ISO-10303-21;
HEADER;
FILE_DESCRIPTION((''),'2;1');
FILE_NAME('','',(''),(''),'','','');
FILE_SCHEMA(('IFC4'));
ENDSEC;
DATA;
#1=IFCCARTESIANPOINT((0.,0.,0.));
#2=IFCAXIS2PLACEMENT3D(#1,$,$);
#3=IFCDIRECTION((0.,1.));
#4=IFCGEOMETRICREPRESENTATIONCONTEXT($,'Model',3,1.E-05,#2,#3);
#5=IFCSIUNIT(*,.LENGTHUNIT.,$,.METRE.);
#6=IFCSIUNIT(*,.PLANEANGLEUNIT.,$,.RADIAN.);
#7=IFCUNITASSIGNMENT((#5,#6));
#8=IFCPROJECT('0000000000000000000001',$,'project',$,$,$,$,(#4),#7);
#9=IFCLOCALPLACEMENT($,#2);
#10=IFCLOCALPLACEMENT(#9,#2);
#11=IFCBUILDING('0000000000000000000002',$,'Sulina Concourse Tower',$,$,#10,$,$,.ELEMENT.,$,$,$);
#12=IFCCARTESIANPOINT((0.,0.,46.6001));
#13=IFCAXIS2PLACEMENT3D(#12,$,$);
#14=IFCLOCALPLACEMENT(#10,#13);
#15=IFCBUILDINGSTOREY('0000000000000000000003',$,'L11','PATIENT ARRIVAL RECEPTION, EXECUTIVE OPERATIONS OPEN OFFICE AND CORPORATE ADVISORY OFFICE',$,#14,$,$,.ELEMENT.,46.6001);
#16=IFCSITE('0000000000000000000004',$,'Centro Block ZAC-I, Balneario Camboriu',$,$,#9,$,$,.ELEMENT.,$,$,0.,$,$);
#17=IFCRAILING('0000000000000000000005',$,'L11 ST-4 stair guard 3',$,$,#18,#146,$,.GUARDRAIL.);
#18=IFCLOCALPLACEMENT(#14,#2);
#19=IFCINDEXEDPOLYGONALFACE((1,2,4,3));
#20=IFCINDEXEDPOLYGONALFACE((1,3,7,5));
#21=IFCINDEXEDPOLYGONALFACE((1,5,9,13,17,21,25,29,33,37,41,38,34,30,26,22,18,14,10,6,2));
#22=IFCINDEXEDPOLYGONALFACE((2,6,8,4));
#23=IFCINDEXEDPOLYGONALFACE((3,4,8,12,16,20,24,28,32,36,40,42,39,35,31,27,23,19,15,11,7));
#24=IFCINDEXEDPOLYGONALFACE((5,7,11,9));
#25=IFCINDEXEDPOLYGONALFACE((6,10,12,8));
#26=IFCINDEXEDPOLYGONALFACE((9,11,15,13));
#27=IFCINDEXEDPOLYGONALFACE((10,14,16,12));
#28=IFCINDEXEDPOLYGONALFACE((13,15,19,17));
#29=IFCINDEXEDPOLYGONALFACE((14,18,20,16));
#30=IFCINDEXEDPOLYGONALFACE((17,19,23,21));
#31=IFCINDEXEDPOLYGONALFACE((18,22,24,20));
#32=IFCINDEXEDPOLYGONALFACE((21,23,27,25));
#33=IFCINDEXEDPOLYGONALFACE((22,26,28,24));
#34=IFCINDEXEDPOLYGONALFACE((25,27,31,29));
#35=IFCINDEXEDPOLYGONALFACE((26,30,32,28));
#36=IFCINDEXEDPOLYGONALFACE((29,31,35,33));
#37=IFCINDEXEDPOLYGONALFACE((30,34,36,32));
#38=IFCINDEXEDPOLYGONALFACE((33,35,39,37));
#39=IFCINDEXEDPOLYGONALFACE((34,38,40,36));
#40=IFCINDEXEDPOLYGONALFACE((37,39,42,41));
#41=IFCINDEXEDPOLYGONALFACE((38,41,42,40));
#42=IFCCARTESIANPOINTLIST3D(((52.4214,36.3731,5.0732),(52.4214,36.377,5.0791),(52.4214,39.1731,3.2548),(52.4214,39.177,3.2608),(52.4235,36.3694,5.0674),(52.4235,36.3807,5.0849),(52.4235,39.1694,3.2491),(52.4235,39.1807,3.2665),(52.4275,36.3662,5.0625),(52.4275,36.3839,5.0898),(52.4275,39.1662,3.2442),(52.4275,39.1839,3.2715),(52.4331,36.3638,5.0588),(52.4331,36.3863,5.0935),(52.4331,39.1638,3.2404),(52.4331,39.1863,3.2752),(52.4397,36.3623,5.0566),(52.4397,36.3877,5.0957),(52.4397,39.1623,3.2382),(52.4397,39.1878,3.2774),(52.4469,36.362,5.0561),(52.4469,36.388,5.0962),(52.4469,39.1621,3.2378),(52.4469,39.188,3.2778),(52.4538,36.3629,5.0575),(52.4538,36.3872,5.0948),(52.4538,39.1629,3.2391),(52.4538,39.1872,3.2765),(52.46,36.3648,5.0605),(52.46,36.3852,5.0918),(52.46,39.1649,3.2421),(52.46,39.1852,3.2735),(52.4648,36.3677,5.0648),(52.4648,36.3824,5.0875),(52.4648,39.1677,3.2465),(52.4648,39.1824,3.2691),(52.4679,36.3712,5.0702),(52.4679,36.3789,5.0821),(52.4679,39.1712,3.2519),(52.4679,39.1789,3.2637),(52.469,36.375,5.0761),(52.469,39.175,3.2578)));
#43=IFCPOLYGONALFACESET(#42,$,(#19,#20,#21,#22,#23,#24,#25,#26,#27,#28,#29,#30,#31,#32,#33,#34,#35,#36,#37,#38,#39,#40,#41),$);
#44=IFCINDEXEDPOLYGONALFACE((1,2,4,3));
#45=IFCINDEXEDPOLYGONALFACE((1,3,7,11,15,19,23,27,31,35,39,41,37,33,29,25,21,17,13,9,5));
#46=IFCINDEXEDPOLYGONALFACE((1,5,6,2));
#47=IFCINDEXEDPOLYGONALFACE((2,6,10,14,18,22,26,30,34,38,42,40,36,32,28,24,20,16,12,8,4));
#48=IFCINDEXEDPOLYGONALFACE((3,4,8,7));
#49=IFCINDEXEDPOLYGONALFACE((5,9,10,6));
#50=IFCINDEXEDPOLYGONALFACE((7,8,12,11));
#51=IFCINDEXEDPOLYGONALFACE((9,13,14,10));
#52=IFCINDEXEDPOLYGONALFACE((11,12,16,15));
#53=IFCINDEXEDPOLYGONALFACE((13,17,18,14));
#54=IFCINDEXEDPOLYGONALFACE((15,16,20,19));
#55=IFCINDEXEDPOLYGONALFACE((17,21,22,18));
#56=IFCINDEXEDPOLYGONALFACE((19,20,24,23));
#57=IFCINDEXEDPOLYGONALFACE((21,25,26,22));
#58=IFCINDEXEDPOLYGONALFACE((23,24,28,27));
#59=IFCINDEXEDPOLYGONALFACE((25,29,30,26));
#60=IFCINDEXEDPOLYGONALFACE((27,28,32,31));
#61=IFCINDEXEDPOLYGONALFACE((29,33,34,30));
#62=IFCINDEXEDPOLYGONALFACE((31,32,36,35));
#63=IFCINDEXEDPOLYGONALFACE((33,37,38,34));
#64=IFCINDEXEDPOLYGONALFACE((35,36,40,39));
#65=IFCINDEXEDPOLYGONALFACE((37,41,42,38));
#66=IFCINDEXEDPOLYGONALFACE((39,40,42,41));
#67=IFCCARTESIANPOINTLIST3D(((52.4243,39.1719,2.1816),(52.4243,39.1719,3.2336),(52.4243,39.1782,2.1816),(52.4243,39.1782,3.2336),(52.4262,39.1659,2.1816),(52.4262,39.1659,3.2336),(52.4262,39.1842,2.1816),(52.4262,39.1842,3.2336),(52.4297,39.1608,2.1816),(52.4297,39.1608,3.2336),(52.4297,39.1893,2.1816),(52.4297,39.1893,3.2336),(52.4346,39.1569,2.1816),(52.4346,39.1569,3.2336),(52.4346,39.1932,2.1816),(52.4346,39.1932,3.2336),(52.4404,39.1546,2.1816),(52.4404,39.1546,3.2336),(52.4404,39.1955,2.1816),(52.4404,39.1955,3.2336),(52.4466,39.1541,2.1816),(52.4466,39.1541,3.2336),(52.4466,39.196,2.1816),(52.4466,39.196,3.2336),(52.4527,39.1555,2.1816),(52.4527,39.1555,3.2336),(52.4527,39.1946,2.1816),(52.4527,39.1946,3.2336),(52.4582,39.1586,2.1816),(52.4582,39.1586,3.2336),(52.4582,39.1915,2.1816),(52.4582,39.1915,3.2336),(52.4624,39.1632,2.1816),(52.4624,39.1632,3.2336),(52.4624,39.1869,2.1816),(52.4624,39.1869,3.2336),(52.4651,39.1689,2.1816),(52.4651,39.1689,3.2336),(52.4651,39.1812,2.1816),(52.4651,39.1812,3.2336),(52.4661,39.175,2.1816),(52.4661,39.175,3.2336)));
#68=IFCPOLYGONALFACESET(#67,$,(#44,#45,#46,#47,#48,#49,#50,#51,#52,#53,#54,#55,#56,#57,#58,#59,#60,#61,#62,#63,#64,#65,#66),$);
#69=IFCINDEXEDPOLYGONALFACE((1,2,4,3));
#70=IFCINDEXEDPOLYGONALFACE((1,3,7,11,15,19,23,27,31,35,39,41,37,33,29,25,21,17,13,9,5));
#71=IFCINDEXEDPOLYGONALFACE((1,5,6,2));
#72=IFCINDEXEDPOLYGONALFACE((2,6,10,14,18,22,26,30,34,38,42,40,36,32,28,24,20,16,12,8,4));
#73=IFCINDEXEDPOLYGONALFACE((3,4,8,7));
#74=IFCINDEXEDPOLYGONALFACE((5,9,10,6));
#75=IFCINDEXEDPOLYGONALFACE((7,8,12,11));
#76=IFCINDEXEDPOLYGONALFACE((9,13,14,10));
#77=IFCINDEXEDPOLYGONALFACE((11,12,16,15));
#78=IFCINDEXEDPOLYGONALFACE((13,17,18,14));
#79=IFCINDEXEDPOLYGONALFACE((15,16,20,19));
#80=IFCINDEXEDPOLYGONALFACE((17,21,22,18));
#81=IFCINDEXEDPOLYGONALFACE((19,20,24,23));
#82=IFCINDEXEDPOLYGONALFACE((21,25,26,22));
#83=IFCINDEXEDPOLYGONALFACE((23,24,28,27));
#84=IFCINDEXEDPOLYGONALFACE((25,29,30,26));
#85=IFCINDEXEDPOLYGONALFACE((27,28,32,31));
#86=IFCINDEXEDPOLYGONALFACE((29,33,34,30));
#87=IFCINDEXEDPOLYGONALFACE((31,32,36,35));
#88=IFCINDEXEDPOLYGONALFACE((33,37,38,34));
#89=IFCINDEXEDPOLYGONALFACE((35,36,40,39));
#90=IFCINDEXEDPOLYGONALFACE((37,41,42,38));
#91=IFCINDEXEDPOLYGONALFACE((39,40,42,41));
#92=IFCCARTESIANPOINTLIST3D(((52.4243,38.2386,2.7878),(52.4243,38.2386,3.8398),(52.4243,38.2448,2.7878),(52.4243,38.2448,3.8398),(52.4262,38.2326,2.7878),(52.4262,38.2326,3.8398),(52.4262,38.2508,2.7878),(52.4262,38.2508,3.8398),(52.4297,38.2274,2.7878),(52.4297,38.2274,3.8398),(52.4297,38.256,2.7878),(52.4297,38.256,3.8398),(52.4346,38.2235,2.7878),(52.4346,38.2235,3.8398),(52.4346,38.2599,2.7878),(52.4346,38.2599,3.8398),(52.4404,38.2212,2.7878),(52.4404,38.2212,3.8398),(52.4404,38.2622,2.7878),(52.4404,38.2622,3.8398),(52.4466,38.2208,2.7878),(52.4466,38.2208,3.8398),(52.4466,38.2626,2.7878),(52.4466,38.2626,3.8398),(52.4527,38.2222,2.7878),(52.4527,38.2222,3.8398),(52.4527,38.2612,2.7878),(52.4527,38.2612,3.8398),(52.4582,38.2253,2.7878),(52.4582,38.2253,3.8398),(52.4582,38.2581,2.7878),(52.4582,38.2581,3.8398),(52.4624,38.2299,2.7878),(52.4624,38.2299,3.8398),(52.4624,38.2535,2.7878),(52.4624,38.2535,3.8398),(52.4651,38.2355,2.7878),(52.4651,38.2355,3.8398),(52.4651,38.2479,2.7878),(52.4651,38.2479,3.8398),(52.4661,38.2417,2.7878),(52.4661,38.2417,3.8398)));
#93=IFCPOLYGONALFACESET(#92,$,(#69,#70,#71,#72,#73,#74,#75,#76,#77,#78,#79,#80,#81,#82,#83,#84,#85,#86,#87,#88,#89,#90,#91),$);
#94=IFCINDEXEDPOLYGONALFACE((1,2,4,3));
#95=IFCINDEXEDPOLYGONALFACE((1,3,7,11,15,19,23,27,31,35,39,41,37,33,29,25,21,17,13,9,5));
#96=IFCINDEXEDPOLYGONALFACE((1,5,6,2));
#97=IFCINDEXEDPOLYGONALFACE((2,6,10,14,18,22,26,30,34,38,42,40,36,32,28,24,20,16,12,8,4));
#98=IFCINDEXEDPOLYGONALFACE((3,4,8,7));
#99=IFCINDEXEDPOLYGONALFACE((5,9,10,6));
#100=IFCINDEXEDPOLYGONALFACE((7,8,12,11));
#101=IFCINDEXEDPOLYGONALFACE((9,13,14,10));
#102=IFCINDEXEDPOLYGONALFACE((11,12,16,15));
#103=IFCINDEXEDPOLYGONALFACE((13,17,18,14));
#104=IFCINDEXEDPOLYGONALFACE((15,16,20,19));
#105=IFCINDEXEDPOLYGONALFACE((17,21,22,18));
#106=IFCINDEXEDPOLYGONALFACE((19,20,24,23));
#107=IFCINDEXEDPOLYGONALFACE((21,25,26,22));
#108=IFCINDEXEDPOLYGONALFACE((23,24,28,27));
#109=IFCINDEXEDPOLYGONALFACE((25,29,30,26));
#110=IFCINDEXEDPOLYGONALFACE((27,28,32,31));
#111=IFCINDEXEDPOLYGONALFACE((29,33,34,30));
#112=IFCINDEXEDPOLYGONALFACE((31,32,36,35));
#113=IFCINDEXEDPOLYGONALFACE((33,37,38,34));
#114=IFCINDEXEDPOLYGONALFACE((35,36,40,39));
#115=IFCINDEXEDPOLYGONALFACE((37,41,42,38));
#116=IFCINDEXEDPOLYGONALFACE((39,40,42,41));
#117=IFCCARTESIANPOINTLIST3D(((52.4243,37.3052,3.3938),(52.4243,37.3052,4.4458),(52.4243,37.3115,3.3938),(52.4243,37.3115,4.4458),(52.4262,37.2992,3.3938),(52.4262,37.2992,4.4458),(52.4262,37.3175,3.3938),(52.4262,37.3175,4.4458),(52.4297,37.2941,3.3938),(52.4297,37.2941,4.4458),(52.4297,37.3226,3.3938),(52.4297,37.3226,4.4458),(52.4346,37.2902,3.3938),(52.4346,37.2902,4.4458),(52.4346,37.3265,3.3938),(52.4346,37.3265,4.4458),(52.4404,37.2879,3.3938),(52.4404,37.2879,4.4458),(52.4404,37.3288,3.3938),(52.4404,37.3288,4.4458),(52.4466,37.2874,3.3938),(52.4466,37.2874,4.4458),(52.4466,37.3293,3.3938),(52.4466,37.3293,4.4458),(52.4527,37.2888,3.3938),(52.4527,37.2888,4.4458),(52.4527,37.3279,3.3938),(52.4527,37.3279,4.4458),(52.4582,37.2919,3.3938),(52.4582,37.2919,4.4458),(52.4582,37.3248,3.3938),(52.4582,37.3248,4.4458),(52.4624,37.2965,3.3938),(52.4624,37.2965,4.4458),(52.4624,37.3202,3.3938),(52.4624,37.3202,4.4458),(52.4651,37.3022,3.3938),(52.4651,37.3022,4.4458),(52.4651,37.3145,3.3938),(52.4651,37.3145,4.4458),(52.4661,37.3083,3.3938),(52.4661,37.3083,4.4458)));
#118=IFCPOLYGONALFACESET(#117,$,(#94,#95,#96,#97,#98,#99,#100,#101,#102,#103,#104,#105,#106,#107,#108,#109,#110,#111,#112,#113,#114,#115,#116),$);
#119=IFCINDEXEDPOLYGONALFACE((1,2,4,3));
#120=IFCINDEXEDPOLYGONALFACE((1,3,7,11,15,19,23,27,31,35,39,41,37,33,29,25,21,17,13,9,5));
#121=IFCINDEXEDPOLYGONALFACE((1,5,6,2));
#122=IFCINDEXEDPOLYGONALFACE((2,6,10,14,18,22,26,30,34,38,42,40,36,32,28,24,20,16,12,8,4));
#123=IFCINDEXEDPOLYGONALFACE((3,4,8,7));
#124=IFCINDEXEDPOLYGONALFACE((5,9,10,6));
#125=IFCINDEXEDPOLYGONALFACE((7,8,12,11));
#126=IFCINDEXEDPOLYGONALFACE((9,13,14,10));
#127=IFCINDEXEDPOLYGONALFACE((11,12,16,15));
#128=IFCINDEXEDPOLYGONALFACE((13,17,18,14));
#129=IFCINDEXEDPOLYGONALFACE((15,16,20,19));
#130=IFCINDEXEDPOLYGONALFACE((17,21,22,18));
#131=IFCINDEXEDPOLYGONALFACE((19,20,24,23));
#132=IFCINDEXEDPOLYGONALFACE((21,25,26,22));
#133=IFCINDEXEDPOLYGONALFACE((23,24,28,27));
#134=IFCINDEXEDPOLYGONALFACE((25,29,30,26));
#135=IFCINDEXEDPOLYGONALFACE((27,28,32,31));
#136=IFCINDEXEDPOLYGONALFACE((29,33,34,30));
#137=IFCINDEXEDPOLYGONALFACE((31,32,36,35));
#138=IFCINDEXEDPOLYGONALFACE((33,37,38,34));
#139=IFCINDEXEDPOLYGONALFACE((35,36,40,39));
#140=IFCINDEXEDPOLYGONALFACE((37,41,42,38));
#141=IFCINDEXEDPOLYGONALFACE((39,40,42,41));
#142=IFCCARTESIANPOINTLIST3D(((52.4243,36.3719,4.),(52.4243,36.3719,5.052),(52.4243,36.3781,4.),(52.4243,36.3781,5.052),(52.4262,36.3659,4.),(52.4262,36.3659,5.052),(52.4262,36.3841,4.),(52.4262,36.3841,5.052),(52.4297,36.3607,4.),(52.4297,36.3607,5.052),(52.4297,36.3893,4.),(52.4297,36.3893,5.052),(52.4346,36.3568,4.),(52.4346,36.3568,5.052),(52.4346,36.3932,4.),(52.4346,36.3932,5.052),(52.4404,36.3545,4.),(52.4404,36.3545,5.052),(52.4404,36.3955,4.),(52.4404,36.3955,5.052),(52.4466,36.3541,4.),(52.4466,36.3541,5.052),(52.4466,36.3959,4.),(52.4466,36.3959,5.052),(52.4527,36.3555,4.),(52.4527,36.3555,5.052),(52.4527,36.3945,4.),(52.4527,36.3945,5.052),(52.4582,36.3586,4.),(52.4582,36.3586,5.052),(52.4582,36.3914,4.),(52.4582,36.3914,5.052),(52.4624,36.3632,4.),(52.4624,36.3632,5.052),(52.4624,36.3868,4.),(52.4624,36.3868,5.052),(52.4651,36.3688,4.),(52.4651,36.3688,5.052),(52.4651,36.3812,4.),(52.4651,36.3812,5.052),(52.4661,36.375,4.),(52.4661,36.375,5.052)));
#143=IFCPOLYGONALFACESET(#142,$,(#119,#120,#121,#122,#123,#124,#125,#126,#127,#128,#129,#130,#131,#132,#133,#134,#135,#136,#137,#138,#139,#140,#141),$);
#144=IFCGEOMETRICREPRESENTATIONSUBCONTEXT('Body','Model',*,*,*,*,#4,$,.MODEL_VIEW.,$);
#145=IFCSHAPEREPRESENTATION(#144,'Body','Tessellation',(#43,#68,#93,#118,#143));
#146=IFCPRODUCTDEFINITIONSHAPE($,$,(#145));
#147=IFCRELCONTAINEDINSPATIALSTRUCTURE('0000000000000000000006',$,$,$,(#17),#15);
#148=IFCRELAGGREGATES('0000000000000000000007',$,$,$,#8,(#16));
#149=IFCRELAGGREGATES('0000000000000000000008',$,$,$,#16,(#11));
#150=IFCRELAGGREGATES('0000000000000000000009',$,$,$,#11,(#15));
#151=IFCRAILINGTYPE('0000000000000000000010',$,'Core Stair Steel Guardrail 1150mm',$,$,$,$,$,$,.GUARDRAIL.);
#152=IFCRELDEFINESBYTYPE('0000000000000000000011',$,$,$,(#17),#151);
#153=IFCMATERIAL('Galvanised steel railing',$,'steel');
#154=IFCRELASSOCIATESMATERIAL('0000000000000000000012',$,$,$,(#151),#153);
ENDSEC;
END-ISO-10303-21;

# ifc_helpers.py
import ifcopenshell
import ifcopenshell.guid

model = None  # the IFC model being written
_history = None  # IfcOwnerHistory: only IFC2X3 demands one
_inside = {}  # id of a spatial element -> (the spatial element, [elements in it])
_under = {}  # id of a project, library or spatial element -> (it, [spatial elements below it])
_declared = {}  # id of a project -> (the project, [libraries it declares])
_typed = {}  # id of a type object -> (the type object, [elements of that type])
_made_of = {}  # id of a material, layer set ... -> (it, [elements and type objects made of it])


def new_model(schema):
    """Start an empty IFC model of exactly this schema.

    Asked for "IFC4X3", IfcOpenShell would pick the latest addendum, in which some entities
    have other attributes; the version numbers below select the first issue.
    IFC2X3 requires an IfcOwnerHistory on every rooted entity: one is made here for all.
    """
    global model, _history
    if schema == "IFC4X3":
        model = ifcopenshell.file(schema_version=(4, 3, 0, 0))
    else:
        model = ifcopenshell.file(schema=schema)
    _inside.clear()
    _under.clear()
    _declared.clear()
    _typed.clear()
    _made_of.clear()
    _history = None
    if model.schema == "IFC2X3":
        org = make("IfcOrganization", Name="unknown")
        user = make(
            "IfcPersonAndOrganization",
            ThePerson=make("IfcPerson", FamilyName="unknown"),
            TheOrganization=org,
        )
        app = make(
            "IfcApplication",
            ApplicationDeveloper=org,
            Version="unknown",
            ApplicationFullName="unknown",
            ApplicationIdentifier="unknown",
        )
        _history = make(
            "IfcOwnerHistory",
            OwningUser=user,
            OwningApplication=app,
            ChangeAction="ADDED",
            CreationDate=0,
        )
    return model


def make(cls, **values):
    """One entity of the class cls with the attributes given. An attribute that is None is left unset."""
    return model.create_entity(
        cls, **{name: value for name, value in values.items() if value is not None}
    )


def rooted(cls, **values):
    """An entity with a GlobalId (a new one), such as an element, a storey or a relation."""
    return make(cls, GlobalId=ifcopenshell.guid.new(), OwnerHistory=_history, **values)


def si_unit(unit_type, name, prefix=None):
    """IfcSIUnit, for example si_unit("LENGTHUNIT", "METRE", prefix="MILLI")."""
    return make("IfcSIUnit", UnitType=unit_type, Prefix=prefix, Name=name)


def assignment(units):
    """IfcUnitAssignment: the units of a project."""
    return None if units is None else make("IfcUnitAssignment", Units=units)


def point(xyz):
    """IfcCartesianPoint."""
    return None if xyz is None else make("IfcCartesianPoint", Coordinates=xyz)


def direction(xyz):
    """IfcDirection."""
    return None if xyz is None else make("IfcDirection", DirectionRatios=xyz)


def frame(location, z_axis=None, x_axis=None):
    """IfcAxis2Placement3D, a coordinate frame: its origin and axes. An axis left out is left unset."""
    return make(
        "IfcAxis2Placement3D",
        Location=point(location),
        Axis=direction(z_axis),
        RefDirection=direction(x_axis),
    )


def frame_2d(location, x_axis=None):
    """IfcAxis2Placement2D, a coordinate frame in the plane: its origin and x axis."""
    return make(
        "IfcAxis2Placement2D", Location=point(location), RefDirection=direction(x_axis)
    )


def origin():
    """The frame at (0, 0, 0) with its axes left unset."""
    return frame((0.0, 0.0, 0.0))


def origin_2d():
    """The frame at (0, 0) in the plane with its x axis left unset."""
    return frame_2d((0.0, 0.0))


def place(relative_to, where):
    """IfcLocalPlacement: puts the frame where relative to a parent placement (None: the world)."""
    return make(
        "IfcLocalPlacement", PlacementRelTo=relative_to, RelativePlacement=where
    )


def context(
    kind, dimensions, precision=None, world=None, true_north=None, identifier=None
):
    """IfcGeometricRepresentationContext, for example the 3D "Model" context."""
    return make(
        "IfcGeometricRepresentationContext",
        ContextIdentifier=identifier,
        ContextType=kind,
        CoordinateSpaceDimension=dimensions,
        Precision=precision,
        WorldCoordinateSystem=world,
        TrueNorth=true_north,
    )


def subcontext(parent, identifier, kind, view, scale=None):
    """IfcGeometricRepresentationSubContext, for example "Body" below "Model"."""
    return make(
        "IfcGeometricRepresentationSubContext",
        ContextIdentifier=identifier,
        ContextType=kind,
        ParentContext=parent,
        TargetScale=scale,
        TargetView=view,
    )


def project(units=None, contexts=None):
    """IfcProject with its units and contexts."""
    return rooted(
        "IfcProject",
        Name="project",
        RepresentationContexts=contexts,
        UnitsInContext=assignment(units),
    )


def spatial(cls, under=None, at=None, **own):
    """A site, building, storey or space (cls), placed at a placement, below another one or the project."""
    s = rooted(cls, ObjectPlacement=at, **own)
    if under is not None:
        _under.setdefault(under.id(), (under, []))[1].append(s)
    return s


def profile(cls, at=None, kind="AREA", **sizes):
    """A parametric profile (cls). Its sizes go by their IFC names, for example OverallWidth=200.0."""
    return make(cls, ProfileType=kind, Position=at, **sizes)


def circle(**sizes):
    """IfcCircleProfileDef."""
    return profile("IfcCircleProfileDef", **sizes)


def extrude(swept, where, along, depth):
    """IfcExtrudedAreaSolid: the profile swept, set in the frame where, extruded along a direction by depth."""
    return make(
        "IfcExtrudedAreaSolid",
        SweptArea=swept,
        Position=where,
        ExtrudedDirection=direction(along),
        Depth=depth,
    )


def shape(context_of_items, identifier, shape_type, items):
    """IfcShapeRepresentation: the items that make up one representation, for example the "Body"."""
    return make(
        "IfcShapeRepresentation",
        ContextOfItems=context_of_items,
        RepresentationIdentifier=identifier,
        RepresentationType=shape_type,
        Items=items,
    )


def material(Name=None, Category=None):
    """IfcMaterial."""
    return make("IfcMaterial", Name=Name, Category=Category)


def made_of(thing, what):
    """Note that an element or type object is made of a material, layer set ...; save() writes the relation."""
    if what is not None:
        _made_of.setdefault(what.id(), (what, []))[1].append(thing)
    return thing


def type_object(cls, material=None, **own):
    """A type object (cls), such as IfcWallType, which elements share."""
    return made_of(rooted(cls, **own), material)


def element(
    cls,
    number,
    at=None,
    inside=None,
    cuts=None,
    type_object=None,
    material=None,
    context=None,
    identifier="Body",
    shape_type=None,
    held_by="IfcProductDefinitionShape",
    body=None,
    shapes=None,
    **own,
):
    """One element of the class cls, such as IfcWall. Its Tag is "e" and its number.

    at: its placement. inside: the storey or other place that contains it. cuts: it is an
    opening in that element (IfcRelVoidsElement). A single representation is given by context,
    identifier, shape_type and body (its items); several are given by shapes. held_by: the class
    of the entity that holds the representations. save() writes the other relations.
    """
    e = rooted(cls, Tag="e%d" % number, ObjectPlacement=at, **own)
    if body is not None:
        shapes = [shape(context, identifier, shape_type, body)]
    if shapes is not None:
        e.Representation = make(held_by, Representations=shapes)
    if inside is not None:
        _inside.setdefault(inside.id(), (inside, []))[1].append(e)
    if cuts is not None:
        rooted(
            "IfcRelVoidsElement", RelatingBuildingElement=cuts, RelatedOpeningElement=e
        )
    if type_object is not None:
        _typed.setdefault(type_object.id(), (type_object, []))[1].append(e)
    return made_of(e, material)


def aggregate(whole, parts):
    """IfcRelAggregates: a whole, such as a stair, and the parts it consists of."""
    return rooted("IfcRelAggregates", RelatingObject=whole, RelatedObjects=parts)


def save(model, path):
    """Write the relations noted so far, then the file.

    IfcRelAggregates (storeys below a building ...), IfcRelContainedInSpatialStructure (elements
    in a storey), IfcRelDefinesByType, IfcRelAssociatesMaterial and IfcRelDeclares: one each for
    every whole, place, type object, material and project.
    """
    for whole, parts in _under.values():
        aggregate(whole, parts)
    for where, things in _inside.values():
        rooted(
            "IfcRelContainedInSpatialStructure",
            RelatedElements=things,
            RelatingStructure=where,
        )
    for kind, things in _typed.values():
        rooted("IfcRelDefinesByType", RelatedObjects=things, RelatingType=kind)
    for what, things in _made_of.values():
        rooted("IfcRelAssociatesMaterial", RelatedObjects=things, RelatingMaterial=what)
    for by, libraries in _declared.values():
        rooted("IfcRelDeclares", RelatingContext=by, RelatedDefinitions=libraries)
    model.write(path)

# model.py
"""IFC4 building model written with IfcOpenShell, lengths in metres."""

from ifc_helpers import new_model, si_unit, direction, frame, origin, origin_2d, place, context, subcontext, project, spatial, circle, extrude, material, type_object, element, save


model = new_model("IFC4")

# Units and contexts
model_context = context("Model", 3, precision=1e-05, world=origin(), true_north=direction((0.0, 1.0)))
body_context = subcontext(model_context, "Body", "Model", "MODEL_VIEW")
ifc_project = project(units=[si_unit("LENGTHUNIT", "METRE"), si_unit("PLANEANGLEUNIT", "RADIAN")], contexts=[model_context])

# Site, building, storey
site_placement = place(None, origin())
site = spatial("IfcSite", under=ifc_project, at=site_placement, Name="Centro Block ZAC-I, Balneario Camboriu", CompositionType="ELEMENT", RefElevation=0.0)
building_placement = place(site_placement, origin())
building = spatial("IfcBuilding", under=site, at=building_placement, Name="Sulina Concourse Tower", CompositionType="ELEMENT")
storey_placement = place(building_placement, frame((0.0, 0.0, 46.6001)))
storey = spatial("IfcBuildingStorey", under=building, at=storey_placement, Name="L11", Description="PATIENT ARRIVAL RECEPTION, EXECUTIVE OPERATIONS OPEN OFFICE AND CORPORATE ADVISORY OFFICE", CompositionType="ELEMENT", Elevation=46.6001)

# Railing
ifc_material_1 = material(Name="Galvanised steel railing", Category="steel")
railing_type_1 = type_object("IfcRailingType", Name="Core Stair Steel Guardrail 1150mm", PredefinedType="GUARDRAIL", material=ifc_material_1)
railing_1_placement = place(storey_placement, frame((52.4451, 39.175, 2.1816)))
element("IfcRailing", 1, at=railing_1_placement, inside=storey, type_object=railing_type_1, Name="L11 ST-4 stair guard 3", PredefinedType="GUARDRAIL", context=body_context, shape_type="SweptSolid", body=[
    extrude(circle(Radius=0.0239, at=origin_2d()), frame((0.0, 0.0, 1.0762), z_axis=(0.0, -0.838672, 0.544636), x_axis=(1.0, 0.0, 0.0)), (0.0, 0.0, 1.0), 3.3386),
    extrude(circle(Radius=0.021, at=origin_2d()), origin(), (0.0, 0.0, 1.0), 1.052),
    extrude(circle(Radius=0.021, at=origin_2d()), frame((0.0, -0.9333, 0.6062)), (0.0, 0.0, 1.0), 1.052),
    extrude(circle(Radius=0.021, at=origin_2d()), frame((0.0, -1.8667, 1.2122)), (0.0, 0.0, 1.0), 1.052),
    extrude(circle(Radius=0.021, at=origin_2d()), frame((0.0, -2.8, 1.8184)), (0.0, 0.0, 1.0), 1.052),
])

save(model, "model.ifc")
